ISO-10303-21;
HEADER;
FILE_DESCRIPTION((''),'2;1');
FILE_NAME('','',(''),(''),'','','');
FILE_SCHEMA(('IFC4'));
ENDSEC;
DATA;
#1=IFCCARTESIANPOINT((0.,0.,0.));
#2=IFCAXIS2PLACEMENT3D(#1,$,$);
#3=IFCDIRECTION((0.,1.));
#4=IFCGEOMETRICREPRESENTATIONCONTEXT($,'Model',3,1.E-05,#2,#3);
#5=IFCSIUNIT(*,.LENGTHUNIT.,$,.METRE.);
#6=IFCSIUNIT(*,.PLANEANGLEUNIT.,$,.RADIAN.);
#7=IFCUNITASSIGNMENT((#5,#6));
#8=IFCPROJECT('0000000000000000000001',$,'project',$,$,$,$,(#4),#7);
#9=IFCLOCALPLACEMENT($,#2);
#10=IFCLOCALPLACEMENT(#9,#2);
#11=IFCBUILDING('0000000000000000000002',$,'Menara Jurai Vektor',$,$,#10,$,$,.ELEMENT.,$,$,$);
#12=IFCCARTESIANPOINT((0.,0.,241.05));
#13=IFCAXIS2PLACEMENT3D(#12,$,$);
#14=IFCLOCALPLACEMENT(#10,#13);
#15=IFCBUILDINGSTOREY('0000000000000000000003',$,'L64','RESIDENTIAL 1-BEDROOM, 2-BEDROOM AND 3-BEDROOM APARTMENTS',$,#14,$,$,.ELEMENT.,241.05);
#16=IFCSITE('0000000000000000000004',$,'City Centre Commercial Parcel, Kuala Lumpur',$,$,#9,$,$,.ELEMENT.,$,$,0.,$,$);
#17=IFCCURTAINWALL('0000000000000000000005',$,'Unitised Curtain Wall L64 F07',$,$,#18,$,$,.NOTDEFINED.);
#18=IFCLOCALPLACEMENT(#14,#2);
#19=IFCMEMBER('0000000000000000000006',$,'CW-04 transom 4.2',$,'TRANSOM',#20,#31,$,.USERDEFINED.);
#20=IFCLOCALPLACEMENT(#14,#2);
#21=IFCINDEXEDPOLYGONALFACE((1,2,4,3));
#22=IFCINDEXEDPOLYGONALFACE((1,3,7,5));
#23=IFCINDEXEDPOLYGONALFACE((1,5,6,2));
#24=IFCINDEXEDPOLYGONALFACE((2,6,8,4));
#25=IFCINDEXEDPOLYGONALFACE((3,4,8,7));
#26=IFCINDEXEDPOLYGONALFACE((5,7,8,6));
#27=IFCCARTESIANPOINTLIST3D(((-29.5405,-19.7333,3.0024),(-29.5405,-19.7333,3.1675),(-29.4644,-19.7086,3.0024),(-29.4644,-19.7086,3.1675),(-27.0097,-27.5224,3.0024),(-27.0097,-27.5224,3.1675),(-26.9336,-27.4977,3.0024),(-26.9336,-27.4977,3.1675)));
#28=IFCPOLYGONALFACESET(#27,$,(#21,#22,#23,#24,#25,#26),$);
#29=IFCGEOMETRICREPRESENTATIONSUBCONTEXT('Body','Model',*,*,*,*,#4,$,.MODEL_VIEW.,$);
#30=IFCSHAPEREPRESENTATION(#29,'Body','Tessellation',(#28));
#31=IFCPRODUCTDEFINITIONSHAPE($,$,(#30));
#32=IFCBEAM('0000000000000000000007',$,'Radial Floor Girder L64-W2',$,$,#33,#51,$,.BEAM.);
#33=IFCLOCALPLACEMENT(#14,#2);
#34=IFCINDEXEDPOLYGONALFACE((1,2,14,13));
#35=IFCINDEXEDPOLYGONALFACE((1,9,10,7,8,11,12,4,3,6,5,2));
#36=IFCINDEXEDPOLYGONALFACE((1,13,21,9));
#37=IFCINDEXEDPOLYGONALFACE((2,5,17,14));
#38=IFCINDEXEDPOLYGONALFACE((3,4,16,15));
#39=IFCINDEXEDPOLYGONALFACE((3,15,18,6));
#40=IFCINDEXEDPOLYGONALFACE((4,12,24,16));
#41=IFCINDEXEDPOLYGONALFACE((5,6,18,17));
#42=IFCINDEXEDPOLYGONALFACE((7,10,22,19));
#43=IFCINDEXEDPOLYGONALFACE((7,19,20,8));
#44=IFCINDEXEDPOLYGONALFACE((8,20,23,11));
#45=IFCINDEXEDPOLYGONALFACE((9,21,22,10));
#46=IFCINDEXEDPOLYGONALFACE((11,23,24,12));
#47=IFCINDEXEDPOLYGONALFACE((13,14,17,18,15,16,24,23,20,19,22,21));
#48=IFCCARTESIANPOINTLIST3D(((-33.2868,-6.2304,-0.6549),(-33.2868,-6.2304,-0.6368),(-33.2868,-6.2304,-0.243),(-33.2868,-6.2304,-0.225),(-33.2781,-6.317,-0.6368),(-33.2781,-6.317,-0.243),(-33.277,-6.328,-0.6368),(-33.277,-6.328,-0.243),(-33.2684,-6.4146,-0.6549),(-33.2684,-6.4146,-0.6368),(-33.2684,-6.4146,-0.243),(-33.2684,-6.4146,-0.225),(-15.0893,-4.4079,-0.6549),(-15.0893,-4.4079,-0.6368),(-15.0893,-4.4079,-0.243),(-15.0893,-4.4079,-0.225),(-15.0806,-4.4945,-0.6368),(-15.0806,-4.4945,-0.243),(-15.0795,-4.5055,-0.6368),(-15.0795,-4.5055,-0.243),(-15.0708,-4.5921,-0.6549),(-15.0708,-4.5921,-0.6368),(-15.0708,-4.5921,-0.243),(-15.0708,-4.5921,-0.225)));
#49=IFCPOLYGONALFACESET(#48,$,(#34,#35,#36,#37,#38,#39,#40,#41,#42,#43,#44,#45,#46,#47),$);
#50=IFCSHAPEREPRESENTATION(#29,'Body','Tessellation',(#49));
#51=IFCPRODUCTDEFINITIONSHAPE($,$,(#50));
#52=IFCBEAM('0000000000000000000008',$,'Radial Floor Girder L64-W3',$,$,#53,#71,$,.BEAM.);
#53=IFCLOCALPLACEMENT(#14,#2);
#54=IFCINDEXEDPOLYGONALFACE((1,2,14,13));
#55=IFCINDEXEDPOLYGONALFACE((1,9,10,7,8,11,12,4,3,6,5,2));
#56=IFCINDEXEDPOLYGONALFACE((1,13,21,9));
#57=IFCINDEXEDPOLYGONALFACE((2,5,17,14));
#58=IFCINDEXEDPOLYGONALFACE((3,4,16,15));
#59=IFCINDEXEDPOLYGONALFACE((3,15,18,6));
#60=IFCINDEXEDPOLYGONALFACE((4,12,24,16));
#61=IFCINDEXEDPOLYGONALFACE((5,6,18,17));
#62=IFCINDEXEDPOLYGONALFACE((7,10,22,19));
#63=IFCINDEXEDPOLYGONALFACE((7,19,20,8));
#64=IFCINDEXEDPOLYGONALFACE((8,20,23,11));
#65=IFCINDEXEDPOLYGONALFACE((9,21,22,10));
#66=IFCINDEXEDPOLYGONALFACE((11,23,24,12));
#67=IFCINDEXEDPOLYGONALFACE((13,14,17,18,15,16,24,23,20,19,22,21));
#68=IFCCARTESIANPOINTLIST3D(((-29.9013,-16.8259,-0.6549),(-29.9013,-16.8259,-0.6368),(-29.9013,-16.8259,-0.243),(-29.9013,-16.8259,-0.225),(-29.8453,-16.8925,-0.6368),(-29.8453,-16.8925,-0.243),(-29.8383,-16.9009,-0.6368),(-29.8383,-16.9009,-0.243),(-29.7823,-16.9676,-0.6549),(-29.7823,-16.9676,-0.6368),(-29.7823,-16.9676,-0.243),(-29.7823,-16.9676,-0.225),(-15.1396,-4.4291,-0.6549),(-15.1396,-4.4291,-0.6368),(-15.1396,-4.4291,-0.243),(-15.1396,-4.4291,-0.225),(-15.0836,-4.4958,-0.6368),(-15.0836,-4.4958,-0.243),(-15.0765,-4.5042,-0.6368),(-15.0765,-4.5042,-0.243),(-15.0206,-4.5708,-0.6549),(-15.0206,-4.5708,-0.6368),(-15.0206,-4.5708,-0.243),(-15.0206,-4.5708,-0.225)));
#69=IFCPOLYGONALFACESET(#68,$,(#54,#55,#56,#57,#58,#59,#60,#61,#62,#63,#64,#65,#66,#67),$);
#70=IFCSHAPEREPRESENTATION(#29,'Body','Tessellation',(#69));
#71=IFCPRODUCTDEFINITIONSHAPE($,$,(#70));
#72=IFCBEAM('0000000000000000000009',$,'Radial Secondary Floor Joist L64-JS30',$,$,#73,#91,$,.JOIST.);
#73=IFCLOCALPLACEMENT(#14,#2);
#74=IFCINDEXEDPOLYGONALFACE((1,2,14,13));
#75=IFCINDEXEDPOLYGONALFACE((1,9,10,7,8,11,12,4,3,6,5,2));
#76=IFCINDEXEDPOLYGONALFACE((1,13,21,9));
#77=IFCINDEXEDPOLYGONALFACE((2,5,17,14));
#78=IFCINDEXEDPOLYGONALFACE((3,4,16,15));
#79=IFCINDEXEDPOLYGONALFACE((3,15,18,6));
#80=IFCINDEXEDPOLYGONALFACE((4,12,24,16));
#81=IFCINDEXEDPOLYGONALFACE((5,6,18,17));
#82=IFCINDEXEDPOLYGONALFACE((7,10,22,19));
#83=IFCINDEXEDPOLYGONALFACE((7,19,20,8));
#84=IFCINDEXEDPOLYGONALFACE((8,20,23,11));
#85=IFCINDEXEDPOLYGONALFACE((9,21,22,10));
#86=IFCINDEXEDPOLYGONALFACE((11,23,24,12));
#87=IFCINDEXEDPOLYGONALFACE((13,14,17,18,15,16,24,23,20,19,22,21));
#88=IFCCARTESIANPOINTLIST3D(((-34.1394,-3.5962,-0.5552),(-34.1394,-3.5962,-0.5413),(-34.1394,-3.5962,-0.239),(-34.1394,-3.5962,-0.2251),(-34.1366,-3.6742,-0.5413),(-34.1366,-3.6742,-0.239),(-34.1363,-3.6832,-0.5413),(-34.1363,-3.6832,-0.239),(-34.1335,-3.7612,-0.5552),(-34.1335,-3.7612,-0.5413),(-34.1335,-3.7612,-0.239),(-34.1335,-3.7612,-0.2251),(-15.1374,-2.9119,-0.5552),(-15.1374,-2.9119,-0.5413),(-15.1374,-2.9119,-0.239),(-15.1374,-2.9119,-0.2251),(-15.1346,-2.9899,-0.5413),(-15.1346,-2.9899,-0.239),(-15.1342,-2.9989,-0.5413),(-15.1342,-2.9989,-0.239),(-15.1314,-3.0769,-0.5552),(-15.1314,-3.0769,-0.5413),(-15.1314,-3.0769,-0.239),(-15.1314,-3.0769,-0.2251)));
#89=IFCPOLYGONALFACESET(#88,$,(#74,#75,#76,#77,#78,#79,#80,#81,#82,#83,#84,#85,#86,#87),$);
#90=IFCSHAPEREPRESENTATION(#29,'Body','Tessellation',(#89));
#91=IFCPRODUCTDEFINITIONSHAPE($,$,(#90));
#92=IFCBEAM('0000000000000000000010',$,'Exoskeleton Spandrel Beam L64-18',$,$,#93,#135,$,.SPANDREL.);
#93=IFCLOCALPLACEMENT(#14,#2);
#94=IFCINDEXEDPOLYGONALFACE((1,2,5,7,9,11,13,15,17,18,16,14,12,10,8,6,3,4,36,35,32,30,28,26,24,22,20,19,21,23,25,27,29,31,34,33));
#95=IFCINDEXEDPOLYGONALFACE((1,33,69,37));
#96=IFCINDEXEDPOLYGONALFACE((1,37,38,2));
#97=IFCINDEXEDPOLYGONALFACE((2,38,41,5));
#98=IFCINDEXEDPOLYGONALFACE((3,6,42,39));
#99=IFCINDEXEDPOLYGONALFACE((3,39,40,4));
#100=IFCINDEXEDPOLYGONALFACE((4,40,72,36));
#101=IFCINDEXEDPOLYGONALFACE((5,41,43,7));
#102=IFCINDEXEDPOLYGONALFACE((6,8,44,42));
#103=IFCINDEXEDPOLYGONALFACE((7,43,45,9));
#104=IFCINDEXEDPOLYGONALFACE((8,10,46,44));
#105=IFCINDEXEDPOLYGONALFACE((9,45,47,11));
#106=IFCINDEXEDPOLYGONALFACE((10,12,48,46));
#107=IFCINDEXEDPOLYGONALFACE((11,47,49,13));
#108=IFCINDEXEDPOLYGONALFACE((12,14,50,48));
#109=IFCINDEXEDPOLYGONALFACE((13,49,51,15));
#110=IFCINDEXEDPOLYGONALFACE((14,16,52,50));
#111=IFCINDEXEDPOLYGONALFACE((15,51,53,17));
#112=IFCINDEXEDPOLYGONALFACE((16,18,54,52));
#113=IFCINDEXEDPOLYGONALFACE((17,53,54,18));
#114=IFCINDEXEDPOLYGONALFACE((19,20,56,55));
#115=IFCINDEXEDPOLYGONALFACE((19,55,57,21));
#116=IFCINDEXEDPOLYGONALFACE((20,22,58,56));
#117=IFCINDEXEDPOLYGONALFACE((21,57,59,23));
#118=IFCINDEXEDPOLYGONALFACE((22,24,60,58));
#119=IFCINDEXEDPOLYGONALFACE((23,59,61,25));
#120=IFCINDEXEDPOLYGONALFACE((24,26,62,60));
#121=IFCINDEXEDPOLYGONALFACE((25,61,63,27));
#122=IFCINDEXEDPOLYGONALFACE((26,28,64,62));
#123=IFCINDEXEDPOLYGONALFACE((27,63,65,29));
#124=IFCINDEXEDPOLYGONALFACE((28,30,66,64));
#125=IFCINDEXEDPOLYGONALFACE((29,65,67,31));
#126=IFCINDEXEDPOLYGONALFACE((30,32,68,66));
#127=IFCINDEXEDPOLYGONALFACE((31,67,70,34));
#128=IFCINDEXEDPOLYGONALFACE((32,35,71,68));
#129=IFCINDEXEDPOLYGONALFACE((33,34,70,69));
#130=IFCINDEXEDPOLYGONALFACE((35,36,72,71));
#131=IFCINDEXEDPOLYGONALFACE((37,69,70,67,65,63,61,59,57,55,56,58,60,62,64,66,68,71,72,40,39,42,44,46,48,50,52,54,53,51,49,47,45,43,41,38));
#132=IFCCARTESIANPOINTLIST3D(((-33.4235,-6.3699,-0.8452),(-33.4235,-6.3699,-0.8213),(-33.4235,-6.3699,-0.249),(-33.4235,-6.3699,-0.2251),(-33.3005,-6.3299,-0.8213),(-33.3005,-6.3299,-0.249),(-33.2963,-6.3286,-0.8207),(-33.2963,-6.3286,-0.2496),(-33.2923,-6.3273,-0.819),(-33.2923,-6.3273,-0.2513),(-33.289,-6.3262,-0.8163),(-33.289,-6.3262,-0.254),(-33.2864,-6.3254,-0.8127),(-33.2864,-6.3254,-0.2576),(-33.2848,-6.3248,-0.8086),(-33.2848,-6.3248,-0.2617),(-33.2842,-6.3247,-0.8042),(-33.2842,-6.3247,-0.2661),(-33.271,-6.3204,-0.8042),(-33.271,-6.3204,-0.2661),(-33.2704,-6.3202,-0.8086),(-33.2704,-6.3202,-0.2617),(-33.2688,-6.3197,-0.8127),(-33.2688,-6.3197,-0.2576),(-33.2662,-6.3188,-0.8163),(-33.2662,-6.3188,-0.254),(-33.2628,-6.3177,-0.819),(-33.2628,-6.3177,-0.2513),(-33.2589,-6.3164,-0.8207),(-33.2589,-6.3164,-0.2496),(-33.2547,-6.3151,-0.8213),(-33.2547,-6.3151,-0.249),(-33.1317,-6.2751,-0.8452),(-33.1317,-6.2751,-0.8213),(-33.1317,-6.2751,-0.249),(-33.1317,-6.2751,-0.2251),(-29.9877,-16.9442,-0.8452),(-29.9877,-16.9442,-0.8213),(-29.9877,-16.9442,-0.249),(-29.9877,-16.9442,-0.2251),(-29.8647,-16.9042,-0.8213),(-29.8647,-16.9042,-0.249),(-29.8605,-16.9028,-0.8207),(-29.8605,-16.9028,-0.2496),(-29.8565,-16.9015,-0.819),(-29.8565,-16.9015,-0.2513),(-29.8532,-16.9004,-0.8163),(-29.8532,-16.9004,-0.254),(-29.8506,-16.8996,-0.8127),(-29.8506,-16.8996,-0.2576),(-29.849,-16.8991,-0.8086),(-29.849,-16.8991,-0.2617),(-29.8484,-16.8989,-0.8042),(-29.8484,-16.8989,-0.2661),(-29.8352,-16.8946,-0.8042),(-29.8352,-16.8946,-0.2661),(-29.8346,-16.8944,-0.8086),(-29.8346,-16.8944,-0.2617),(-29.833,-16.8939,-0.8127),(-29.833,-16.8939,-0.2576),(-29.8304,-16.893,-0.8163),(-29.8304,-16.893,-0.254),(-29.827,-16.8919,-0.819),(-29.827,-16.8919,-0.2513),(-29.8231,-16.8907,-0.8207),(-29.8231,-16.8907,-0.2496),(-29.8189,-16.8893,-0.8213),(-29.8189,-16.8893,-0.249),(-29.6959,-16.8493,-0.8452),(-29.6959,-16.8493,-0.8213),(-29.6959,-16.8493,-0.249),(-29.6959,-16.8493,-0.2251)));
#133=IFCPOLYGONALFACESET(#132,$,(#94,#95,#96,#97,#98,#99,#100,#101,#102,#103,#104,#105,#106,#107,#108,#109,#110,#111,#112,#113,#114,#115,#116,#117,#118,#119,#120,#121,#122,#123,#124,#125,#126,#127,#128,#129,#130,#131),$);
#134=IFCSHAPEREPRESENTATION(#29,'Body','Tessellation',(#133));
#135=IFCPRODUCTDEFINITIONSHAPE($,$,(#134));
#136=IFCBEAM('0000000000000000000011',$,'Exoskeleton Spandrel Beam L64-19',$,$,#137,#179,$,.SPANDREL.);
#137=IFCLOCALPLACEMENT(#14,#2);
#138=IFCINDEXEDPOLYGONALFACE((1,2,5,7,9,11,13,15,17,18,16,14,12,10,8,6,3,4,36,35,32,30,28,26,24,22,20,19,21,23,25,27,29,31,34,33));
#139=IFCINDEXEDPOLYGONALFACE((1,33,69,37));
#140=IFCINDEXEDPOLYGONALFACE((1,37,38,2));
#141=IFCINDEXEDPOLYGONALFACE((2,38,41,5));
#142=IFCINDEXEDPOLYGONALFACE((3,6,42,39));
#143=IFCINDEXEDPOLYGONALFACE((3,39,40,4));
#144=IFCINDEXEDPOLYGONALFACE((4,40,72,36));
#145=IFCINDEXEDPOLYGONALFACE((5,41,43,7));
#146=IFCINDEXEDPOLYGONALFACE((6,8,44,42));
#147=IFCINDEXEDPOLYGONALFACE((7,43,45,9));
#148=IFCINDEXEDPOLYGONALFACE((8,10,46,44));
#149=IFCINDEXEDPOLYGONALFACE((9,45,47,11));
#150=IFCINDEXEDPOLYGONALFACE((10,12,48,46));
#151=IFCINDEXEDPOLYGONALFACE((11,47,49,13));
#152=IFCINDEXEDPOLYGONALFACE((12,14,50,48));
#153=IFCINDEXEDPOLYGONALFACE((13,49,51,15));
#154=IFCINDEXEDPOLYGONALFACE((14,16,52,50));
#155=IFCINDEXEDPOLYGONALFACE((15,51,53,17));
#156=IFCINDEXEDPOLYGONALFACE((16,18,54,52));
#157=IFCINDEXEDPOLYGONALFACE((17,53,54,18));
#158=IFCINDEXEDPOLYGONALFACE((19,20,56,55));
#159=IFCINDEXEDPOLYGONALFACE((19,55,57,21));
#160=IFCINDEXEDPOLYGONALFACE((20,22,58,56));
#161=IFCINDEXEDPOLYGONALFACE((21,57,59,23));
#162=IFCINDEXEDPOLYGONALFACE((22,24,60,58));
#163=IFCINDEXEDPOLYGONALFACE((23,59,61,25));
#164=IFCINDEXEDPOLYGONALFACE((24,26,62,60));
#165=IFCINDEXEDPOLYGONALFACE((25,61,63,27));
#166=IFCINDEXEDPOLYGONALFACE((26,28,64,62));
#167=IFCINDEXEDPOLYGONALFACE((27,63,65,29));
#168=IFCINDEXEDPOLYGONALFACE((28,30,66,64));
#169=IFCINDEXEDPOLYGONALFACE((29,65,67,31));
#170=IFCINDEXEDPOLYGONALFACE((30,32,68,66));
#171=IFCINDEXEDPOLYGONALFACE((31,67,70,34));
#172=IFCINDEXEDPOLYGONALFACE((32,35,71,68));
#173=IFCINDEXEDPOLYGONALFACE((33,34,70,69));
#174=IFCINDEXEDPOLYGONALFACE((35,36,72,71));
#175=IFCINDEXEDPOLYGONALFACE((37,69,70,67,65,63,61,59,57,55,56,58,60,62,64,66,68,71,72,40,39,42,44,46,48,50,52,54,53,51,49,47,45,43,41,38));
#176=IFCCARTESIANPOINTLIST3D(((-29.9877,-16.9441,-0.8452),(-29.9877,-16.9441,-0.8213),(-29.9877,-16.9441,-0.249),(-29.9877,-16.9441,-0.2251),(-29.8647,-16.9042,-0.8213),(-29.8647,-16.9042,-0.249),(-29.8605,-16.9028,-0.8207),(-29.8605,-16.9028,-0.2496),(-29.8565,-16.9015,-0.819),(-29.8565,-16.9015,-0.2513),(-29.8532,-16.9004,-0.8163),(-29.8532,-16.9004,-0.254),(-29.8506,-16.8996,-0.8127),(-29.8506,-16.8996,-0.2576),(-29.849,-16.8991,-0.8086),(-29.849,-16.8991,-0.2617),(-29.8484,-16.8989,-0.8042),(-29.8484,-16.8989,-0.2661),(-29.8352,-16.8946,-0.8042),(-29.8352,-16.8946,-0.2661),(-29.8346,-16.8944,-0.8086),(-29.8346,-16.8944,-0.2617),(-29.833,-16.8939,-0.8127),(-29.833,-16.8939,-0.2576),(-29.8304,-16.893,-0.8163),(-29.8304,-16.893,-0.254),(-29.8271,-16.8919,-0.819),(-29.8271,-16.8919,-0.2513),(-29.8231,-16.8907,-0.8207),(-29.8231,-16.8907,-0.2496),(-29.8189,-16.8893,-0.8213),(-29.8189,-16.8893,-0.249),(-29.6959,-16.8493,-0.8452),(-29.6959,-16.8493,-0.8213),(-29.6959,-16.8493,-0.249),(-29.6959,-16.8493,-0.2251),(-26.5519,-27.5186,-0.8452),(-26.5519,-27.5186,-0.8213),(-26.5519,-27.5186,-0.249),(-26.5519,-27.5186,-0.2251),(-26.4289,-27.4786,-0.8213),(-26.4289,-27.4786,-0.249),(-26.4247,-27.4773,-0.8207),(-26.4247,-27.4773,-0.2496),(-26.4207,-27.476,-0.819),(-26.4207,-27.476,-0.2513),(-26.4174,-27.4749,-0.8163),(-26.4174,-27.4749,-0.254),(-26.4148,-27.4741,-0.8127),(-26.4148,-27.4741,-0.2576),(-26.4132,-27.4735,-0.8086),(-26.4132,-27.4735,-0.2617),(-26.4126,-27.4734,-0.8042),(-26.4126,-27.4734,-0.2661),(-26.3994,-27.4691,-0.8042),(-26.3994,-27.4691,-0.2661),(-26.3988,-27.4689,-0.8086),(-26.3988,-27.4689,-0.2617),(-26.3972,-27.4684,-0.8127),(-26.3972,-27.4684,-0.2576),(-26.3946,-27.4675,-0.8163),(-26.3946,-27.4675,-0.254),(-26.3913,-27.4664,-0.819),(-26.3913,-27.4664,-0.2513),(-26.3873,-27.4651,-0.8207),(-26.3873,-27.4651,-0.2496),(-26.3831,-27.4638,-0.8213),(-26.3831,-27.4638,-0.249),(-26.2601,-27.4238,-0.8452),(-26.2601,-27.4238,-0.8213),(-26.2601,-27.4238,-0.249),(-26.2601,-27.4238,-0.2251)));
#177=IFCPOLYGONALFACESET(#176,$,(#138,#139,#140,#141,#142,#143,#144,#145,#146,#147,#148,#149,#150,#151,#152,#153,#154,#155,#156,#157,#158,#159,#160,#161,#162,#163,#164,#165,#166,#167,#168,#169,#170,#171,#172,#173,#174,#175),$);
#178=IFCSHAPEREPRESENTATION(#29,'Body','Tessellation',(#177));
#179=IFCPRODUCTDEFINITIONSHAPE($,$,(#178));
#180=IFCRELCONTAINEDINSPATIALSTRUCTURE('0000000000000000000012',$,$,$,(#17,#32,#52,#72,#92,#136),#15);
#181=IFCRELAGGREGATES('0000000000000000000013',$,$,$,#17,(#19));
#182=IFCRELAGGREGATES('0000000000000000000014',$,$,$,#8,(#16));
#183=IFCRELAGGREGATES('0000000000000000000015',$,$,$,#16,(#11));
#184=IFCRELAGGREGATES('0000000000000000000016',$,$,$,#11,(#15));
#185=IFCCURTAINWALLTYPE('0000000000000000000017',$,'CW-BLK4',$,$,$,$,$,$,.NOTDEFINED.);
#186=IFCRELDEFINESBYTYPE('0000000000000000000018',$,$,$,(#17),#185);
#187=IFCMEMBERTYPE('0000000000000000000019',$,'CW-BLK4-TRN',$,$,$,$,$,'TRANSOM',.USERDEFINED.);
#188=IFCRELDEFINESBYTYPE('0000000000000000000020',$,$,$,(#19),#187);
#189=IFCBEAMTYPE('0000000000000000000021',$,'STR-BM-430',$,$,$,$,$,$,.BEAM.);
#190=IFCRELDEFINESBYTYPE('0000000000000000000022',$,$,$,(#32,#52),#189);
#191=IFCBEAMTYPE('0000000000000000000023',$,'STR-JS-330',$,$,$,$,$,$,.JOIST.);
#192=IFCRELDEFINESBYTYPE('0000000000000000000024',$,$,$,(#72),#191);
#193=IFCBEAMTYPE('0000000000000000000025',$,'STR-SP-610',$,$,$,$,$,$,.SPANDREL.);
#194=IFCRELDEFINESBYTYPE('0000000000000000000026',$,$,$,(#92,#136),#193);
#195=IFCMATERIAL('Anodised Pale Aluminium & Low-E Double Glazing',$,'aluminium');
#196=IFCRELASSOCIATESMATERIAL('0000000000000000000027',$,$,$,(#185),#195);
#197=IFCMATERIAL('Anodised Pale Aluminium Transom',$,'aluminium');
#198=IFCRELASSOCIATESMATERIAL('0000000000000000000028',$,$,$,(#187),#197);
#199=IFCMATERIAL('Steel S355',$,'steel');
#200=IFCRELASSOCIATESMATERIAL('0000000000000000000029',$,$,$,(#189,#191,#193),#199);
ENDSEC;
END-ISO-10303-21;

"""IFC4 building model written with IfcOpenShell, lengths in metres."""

from ifc_helpers import new_model, si_unit, direction, frame, origin, origin_2d, place, context, subcontext, project, spatial, rectangle, i_section, extrude, material, material_profile, profile_set, type_object, element, aggregate, save


model = new_model("IFC4")

# Units and contexts
model_context = context("Model", 3, precision=1e-05, world=origin(), true_north=direction((0.0, 1.0)))
body_context = subcontext(model_context, "Body", "Model", "MODEL_VIEW")
ifc_project = project(units=[si_unit("LENGTHUNIT", "METRE"), si_unit("PLANEANGLEUNIT", "RADIAN")], contexts=[model_context])

# Site, building, storey
site_placement = place(None, origin())
site = spatial("IfcSite", under=ifc_project, at=site_placement, Name="City Centre Commercial Parcel, Kuala Lumpur", CompositionType="ELEMENT", RefElevation=0.0)
building_placement = place(site_placement, origin())
building = spatial("IfcBuilding", under=site, at=building_placement, Name="Menara Jurai Vektor", CompositionType="ELEMENT")
storey_placement = place(building_placement, frame((0.0, 0.0, 241.05)))
storey = spatial("IfcBuildingStorey", under=building, at=storey_placement, Name="L64", Description="RESIDENTIAL 1-BEDROOM, 2-BEDROOM AND 3-BEDROOM APARTMENTS", CompositionType="ELEMENT", Elevation=241.05)

# Curtain wall, member
ifc_material_1 = material(Name="Anodised Pale Aluminium & Low-E Double Glazing", Category="aluminium")
curtain_wall_type = type_object("IfcCurtainWallType", Name="CW-BLK4", PredefinedType="NOTDEFINED", material=ifc_material_1)
curtain_wall_placement = place(storey_placement, origin())
curtain_wall = element("IfcCurtainWall", 1, at=curtain_wall_placement, inside=storey, type_object=curtain_wall_type, Name="Unitised Curtain Wall L64 F07", PredefinedType="NOTDEFINED")
ifc_material_2 = material(Name="Anodised Pale Aluminium Transom", Category="aluminium")
ifc_material_profile_1 = material_profile(ifc_material_2, rectangle(XDim=0.0801, YDim=0.165, at=origin_2d()), Name="ALU TRN 80x165")
ifc_profile_set_1 = profile_set([ifc_material_profile_1], Name="Anodised Pale Aluminium Transom")
member_type_1 = type_object("IfcMemberType", Name="CW-BLK4-TRN", ElementType="TRANSOM", PredefinedType="USERDEFINED", material=ifc_profile_set_1)
member_1_placement = place(storey_placement, frame((-29.5024, -19.7209, 3.085), z_axis=(0.309011, -0.951059, 0.0), x_axis=(0.951059, 0.309011, 0.0)))
member_1 = element("IfcMember", 2, at=member_1_placement, type_object=member_type_1, Name="CW-04 transom 4.2", ObjectType="TRANSOM", PredefinedType="USERDEFINED", context=body_context, shape_type="SweptSolid", body=[
    extrude(rectangle(XDim=0.0801, YDim=0.165, at=origin_2d()), origin(), (0.0, 0.0, 1.0), 8.1899),
])

# Beams
ifc_material_3 = material(Name="Steel S355", Category="steel")
ifc_material_profile_2 = material_profile(ifc_material_3, i_section(OverallWidth=0.1851, OverallDepth=0.4299, WebThickness=0.011, FlangeThickness=0.0181, at=origin_2d()), Name="PG 430x185x76")
ifc_profile_set_2 = profile_set([ifc_material_profile_2], Name="Steel S355")
beam_type_1 = type_object("IfcBeamType", Name="STR-BM-430", PredefinedType="BEAM", material=ifc_profile_set_2)
beam_1_placement = place(storey_placement, frame((-33.2776, -6.3225, -0.4399), z_axis=(0.995022, 0.099653, 0.0), x_axis=(-0.099653, 0.995022, 0.0)))
element("IfcBeam", 3, at=beam_1_placement, inside=storey, type_object=beam_type_1, Name="Radial Floor Girder L64-W2", PredefinedType="BEAM", context=body_context, shape_type="SweptSolid", body=[
    extrude(i_section(OverallWidth=0.1851, OverallDepth=0.4299, WebThickness=0.011, FlangeThickness=0.0181, at=origin_2d()), origin(), (0.0, 0.0, 1.0), 18.2886),
])
beam_2_placement = place(storey_placement, frame((-29.8418, -16.8967, -0.4399), z_axis=(0.765784, 0.643097, 0.0), x_axis=(-0.643097, 0.765784, 0.0)))
element("IfcBeam", 4, at=beam_2_placement, inside=storey, type_object=beam_type_1, Name="Radial Floor Girder L64-W3", PredefinedType="BEAM", context=body_context, shape_type="SweptSolid", body=[
    extrude(i_section(OverallWidth=0.1851, OverallDepth=0.4299, WebThickness=0.011, FlangeThickness=0.0181, at=origin_2d()), origin(), (0.0, 0.0, 1.0), 19.2766),
])
ifc_material_profile_3 = material_profile(ifc_material_3, i_section(OverallWidth=0.165, OverallDepth=0.3301, WebThickness=0.009, FlangeThickness=0.0139, at=origin_2d()), Name="PG 330x165x46")
ifc_profile_set_3 = profile_set([ifc_material_profile_3], Name="Steel S355")
beam_type_2 = type_object("IfcBeamType", Name="STR-JS-330", PredefinedType="JOIST", material=ifc_profile_set_3)
beam_3_placement = place(storey_placement, frame((-34.1365, -3.6787, -0.3901), z_axis=(0.999352, 0.03599, 0.0), x_axis=(-0.03599, 0.999352, 0.0)))
element("IfcBeam", 5, at=beam_3_placement, inside=storey, type_object=beam_type_2, Name="Radial Secondary Floor Joist L64-JS30", PredefinedType="JOIST", context=body_context, shape_type="SweptSolid", body=[
    extrude(i_section(OverallWidth=0.165, OverallDepth=0.3301, WebThickness=0.009, FlangeThickness=0.0139, at=origin_2d()), origin(), (0.0, 0.0, 1.0), 19.0144),
])
ifc_material_profile_4 = material_profile(ifc_material_3, i_section(OverallWidth=0.3069, OverallDepth=0.6201, WebThickness=0.0139, FlangeThickness=0.0239, FilletRadius=0.0171, at=origin_2d()), Name="UKB 610x305x179")
ifc_profile_set_4 = profile_set([ifc_material_profile_4], Name="Steel S355")
beam_type_3 = type_object("IfcBeamType", Name="STR-SP-610", PredefinedType="SPANDREL", material=ifc_profile_set_4)
beam_4_placement = place(storey_placement, frame((-33.2776, -6.3225, -0.5352), z_axis=(0.309019, -0.951056, 0.0), x_axis=(0.951056, 0.309019, 0.0)))
element("IfcBeam", 6, at=beam_4_placement, inside=storey, type_object=beam_type_3, Name="Exoskeleton Spandrel Beam L64-18", PredefinedType="SPANDREL", context=body_context, shape_type="SweptSolid", body=[
    extrude(i_section(OverallWidth=0.3069, OverallDepth=0.6201, WebThickness=0.0139, FlangeThickness=0.0239, FilletRadius=0.0171, at=origin_2d()), origin(), (0.0, 0.0, 1.0), 11.1184),
])
beam_5_placement = place(storey_placement, frame((-29.8418, -16.8967, -0.5352), z_axis=(0.309012, -0.951058, 0.0), x_axis=(0.951058, 0.309012, 0.0)))
element("IfcBeam", 7, at=beam_5_placement, inside=storey, type_object=beam_type_3, Name="Exoskeleton Spandrel Beam L64-19", PredefinedType="SPANDREL", context=body_context, shape_type="SweptSolid", body=[
    extrude(i_section(OverallWidth=0.3069, OverallDepth=0.6201, WebThickness=0.0139, FlangeThickness=0.0239, FilletRadius=0.0171, at=origin_2d()), origin(), (0.0, 0.0, 1.0), 11.1187),
])

aggregate(curtain_wall, [member_1])

save(model, "model.ifc")
